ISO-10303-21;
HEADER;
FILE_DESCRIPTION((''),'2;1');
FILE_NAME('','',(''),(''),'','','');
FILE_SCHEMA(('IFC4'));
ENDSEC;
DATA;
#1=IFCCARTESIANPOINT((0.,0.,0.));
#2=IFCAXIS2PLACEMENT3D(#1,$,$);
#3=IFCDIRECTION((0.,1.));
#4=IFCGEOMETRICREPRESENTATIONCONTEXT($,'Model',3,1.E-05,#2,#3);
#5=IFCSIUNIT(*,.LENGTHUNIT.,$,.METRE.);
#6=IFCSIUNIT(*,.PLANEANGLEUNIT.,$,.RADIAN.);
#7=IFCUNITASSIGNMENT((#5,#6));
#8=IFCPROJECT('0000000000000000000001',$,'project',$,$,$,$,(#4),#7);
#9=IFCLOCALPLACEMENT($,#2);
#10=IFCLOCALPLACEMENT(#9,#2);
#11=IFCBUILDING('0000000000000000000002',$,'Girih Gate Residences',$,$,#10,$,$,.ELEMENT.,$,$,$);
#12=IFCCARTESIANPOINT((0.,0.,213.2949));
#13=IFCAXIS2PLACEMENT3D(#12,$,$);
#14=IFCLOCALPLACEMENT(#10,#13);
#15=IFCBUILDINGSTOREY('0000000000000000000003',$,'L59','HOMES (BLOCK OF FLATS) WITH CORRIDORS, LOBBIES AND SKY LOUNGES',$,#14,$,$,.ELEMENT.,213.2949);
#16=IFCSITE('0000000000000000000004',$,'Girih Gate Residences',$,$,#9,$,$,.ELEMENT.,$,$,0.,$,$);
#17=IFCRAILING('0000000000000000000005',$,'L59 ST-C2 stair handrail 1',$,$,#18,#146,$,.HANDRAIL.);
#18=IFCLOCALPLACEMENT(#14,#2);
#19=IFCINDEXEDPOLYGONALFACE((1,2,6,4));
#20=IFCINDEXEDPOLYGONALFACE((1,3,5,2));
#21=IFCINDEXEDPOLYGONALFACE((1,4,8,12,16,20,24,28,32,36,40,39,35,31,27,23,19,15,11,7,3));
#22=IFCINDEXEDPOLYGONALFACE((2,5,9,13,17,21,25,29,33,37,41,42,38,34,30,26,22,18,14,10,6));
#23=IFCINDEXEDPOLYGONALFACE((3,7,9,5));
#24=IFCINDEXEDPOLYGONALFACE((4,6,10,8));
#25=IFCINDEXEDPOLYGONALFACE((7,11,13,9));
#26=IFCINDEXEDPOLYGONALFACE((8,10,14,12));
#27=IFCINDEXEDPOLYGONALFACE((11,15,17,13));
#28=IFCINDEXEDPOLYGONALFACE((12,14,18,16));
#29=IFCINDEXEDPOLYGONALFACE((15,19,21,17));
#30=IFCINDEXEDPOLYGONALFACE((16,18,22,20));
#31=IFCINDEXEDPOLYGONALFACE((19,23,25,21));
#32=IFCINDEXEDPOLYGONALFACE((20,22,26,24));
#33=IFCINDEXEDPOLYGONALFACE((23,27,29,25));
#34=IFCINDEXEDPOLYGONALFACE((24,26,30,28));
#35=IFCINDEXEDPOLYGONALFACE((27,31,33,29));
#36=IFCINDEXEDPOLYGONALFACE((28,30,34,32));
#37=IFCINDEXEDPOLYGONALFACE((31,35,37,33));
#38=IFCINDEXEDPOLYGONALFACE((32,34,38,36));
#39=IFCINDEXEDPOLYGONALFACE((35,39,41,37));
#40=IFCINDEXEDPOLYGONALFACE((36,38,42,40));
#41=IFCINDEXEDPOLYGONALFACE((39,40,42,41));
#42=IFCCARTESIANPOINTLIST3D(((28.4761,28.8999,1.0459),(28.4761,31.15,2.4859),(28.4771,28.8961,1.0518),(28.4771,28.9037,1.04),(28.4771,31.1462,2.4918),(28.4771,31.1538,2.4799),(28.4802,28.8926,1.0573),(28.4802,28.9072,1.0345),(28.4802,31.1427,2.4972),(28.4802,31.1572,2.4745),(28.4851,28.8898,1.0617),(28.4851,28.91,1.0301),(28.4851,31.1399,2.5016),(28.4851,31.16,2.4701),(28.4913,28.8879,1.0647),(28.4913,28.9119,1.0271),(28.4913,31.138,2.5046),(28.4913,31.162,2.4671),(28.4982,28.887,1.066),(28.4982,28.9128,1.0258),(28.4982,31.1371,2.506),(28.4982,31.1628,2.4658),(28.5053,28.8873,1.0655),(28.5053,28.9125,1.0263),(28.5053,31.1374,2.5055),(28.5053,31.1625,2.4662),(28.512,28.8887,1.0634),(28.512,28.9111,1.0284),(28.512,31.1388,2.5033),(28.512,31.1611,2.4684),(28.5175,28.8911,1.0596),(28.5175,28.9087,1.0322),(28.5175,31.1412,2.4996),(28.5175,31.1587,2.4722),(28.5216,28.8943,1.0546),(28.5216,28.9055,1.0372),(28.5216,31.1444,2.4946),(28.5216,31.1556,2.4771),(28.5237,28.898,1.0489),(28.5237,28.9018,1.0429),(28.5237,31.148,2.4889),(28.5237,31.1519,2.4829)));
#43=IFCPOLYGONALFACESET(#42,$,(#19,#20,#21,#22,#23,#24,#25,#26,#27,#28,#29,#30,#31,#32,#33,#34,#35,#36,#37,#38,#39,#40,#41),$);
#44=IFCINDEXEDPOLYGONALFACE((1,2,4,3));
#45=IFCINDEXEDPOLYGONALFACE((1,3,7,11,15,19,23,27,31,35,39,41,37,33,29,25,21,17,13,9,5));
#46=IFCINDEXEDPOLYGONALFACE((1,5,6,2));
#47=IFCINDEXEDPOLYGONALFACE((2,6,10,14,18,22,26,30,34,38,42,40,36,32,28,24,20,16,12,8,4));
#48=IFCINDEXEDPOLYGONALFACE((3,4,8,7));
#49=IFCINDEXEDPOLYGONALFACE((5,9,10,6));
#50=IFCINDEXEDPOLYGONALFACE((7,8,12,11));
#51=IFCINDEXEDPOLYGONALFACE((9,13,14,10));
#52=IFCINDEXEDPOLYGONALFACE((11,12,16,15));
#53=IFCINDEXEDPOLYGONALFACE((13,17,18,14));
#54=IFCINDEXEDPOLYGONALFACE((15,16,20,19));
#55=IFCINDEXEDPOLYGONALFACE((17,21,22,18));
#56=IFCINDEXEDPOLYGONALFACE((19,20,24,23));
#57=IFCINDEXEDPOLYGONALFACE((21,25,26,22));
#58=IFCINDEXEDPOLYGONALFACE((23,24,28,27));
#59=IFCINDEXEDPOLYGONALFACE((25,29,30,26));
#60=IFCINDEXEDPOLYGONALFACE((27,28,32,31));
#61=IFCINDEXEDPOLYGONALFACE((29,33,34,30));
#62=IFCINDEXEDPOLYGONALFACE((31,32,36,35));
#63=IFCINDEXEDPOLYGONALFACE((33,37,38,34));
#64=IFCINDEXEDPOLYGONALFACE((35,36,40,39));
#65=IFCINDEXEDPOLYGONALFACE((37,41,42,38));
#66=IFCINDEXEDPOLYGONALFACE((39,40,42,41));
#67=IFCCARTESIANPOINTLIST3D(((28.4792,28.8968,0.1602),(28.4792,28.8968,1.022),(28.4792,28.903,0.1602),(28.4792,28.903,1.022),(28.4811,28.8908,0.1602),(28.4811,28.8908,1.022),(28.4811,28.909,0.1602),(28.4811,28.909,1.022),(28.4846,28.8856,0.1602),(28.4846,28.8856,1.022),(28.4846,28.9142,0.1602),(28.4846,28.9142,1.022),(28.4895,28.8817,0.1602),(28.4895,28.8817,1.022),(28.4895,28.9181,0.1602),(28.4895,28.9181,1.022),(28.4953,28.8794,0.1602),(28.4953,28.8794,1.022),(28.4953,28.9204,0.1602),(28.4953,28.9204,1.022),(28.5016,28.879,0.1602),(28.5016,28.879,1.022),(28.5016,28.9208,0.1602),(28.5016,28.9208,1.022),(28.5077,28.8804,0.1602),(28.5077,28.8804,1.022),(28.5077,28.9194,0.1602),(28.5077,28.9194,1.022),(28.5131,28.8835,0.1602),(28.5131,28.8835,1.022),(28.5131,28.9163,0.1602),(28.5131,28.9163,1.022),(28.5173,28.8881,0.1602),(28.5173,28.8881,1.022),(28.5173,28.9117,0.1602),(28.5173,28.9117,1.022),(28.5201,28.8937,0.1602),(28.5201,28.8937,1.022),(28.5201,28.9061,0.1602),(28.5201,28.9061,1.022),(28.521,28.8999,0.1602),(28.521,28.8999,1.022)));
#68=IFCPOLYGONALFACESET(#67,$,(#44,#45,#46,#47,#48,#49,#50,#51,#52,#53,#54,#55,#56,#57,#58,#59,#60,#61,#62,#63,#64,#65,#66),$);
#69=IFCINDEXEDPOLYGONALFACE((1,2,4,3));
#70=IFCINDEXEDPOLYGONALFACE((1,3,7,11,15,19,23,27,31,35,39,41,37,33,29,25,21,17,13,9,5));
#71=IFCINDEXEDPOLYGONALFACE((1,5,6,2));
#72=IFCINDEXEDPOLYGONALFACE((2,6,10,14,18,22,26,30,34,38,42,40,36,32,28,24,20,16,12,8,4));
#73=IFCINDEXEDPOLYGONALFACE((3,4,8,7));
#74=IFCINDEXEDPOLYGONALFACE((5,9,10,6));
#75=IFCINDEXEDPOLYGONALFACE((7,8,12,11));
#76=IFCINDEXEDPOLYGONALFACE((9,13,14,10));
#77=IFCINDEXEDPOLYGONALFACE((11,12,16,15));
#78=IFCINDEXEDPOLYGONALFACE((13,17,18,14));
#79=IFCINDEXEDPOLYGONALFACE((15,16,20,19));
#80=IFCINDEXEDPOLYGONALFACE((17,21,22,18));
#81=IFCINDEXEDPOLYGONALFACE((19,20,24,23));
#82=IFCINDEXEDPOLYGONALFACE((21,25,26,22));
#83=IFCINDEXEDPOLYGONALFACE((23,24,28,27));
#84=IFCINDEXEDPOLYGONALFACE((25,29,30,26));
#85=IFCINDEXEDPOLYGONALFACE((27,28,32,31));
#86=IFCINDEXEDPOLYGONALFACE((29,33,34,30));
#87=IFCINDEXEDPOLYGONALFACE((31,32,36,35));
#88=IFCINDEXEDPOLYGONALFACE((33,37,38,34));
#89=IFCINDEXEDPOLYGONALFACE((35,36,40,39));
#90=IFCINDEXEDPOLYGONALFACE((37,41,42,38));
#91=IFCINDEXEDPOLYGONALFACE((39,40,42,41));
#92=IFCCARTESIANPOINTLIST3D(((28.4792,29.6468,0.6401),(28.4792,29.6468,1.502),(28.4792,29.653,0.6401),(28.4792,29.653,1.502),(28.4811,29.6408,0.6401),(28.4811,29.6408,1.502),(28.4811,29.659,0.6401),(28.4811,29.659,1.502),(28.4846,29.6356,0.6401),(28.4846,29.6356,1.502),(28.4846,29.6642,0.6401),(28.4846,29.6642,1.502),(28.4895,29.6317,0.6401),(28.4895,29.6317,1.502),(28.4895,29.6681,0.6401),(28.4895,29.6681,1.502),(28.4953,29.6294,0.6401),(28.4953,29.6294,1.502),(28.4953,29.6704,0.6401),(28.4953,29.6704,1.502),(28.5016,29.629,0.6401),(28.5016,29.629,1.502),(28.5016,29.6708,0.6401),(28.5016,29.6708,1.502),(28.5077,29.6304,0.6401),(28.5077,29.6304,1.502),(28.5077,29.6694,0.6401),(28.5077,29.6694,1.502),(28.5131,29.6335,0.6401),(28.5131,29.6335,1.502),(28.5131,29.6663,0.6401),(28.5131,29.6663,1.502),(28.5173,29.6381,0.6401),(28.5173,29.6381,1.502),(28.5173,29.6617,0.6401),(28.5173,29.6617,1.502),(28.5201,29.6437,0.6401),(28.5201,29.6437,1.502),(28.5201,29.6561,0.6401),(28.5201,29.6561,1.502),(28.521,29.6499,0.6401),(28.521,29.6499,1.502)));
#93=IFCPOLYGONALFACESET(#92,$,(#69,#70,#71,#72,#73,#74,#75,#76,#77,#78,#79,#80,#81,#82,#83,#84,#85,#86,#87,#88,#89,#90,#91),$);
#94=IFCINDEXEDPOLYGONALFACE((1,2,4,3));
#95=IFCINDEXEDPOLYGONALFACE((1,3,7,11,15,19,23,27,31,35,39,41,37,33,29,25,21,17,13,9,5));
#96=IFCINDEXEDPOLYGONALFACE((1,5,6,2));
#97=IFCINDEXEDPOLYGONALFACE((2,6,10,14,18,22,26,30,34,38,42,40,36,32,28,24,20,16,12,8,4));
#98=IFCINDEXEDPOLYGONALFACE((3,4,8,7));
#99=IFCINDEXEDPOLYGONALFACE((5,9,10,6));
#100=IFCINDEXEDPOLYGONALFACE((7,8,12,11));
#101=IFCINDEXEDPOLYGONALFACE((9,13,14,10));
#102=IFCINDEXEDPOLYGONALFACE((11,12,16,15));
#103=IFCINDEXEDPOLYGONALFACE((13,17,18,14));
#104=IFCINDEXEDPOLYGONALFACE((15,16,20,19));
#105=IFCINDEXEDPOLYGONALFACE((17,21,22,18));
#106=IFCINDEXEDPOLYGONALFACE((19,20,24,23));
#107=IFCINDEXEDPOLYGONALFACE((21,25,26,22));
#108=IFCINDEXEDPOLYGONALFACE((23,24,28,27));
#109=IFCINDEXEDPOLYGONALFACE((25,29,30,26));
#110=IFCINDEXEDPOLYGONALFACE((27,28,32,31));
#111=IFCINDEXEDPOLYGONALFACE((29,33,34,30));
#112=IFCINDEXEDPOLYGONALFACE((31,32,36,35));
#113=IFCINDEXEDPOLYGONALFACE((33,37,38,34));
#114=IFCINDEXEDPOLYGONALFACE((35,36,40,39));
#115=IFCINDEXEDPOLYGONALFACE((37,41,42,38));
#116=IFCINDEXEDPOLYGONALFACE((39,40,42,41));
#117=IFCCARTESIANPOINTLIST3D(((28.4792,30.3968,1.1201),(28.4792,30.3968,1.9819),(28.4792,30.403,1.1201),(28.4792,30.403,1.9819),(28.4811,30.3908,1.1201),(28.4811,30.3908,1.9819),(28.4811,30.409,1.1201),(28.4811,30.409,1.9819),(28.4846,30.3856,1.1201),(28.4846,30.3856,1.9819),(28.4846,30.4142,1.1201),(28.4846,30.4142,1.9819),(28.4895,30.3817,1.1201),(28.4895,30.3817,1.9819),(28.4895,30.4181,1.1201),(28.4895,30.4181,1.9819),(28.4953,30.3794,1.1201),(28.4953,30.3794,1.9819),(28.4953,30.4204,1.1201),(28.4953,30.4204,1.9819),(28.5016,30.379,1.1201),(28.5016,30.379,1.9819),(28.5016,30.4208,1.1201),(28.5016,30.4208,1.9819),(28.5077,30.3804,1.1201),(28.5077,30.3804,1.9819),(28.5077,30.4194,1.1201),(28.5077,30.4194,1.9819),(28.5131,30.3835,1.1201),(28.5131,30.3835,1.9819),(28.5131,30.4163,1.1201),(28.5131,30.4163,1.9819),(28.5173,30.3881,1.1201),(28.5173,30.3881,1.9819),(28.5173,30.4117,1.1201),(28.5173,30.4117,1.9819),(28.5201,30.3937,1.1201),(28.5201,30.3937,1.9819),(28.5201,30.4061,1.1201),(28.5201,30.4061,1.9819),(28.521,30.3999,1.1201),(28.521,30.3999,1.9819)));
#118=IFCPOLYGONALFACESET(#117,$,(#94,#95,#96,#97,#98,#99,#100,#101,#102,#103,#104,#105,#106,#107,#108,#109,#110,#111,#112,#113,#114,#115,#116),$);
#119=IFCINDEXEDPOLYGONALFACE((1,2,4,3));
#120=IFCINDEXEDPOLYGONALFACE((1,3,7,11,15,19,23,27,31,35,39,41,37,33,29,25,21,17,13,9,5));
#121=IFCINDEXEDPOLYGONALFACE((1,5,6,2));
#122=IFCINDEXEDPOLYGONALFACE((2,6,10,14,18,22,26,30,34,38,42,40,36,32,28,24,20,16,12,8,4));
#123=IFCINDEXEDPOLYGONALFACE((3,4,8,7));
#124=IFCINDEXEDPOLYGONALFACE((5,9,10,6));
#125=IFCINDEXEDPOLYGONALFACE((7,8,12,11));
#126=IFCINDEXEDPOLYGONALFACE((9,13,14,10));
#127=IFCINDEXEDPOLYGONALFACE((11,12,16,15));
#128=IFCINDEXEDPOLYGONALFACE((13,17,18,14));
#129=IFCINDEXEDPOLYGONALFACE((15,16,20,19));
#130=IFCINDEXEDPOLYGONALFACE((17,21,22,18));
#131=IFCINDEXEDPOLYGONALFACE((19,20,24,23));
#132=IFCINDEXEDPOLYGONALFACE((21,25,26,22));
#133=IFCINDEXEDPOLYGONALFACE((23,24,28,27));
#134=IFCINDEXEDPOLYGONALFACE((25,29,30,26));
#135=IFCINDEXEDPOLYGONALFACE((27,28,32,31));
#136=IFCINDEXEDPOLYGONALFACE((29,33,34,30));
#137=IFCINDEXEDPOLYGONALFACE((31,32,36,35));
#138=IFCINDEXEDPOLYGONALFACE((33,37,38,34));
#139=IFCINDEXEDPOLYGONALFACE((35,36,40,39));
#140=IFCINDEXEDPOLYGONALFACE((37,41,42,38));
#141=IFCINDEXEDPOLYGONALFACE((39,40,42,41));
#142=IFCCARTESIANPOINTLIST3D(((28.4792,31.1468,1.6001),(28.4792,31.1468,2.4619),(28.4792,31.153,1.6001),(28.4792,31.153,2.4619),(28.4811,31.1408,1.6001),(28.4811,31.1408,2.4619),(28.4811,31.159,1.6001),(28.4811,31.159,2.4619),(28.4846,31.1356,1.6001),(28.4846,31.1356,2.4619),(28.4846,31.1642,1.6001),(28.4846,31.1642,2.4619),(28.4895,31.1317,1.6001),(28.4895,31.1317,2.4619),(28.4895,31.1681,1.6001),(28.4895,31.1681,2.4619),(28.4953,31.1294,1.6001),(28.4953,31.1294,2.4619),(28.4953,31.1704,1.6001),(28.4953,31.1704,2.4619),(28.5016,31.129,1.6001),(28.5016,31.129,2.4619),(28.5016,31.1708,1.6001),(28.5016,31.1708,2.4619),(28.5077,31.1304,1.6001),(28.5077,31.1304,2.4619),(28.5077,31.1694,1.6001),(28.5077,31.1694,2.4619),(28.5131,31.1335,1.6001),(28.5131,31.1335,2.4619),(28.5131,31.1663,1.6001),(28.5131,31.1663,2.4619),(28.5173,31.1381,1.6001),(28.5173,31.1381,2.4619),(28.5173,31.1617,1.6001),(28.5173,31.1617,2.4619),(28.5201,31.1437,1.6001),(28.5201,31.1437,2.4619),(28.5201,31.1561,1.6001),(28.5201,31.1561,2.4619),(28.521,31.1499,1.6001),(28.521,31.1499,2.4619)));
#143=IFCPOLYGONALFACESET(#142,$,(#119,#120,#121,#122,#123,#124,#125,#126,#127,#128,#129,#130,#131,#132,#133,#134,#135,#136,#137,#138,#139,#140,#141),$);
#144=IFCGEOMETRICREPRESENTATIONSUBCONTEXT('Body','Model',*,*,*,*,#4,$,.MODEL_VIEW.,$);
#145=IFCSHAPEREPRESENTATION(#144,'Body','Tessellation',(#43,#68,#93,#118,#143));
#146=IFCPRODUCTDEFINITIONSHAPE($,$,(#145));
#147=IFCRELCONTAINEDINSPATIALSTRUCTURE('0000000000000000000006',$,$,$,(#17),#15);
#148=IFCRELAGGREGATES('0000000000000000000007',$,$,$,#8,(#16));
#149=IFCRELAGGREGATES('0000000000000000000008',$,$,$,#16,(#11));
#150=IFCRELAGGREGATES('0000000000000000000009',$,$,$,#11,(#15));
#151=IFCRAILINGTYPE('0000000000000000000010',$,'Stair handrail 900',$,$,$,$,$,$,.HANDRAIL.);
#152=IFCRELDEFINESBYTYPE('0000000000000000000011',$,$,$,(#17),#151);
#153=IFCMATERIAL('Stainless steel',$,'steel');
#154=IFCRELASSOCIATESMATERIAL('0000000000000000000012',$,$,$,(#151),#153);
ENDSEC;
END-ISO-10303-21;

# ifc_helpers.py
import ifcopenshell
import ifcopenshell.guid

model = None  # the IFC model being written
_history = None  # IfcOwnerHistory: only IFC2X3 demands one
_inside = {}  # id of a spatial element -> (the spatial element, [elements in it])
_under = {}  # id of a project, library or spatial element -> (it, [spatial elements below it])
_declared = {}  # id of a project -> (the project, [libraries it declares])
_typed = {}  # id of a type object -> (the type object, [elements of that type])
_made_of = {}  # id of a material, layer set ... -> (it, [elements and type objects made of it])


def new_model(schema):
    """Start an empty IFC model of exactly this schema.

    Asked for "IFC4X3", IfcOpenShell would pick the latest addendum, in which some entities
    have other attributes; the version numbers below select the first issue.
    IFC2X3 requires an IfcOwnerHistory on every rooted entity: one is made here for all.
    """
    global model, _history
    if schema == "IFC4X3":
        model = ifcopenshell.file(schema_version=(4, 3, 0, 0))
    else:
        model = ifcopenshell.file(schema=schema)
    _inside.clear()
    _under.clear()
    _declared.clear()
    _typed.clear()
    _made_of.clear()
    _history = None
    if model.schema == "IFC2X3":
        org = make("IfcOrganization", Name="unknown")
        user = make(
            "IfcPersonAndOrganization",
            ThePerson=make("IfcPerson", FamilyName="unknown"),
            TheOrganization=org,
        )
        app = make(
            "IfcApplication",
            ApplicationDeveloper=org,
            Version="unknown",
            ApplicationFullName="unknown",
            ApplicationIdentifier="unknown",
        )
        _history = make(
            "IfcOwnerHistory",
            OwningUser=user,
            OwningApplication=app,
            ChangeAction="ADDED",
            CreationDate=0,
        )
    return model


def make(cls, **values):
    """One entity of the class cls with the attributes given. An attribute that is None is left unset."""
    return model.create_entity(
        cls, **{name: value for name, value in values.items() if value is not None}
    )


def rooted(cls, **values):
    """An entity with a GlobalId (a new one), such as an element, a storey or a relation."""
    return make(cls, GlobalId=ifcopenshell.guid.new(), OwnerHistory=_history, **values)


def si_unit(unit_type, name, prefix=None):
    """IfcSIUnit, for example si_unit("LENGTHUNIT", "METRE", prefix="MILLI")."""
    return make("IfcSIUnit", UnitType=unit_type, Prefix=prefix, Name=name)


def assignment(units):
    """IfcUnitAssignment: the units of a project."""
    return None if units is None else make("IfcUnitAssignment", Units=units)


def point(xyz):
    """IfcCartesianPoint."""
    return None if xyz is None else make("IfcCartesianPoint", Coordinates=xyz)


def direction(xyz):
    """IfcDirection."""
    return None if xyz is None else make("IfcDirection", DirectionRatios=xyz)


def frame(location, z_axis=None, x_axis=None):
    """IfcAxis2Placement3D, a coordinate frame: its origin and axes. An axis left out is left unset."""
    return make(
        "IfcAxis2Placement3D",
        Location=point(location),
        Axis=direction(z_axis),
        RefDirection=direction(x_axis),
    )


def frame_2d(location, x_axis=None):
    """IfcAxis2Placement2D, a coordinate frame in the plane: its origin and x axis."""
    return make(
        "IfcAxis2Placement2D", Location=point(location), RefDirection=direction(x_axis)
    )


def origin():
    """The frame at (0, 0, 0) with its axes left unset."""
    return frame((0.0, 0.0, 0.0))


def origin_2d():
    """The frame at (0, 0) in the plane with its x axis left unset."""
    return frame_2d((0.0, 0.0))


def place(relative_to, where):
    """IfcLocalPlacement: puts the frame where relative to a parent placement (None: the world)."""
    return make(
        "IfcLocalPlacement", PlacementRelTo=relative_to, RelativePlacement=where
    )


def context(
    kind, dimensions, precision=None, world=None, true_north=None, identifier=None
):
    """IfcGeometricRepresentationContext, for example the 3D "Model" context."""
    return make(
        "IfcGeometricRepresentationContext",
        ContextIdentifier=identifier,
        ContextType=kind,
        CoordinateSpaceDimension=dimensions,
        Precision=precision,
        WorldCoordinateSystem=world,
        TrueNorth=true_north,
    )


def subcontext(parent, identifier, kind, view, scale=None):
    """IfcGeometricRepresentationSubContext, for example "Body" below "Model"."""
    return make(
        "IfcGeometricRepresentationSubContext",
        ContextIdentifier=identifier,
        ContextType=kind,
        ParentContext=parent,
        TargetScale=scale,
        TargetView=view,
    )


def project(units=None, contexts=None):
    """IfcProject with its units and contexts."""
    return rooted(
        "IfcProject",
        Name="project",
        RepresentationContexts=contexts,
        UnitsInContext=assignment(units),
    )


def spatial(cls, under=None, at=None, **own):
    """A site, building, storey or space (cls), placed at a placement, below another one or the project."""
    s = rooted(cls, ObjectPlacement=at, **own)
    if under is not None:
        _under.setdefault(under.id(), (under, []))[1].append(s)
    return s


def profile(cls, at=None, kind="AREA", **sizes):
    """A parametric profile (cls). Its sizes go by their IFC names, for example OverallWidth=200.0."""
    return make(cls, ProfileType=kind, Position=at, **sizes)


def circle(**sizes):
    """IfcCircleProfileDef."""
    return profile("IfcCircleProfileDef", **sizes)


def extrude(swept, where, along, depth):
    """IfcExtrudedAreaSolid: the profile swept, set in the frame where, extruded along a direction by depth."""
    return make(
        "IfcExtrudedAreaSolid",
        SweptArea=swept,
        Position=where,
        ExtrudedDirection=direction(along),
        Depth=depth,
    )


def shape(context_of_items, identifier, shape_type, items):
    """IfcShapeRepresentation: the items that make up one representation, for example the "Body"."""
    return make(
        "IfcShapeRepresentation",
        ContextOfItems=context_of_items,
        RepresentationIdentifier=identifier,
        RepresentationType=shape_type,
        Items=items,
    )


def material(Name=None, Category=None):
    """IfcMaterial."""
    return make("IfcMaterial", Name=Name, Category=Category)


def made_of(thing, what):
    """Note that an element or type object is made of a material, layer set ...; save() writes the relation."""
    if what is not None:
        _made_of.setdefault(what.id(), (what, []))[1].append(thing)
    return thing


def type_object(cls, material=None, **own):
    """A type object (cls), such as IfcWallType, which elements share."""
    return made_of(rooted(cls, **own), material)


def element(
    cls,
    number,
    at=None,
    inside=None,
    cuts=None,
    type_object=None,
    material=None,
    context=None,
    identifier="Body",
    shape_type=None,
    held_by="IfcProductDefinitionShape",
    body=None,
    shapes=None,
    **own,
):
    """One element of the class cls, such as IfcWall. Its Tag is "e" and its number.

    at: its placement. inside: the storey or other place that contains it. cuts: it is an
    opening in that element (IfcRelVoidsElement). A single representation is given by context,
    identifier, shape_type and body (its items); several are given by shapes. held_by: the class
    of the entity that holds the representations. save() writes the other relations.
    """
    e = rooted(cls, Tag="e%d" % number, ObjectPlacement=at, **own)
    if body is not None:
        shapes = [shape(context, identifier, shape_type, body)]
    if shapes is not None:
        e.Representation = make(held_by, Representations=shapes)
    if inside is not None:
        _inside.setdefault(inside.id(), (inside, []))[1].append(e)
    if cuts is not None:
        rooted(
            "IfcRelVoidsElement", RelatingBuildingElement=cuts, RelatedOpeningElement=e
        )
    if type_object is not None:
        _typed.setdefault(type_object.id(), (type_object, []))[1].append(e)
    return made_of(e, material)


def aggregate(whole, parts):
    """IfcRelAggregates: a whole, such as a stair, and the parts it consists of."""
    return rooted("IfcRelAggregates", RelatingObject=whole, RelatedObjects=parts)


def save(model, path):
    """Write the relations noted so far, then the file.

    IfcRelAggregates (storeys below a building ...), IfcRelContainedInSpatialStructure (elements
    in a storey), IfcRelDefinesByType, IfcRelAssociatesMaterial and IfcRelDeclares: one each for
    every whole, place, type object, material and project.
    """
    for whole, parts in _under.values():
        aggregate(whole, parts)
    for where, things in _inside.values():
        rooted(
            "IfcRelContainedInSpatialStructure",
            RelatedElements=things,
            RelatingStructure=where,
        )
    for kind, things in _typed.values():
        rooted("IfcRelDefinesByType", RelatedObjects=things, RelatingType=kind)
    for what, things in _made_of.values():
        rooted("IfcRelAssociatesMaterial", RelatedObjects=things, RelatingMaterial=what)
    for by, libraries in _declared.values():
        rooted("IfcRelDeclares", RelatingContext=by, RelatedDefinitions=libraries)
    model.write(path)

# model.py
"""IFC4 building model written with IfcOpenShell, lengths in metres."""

from ifc_helpers import new_model, si_unit, direction, frame, origin, origin_2d, place, context, subcontext, project, spatial, circle, extrude, material, type_object, element, save


model = new_model("IFC4")

# Units and contexts
model_context = context("Model", 3, precision=1e-05, world=origin(), true_north=direction((0.0, 1.0)))
body_context = subcontext(model_context, "Body", "Model", "MODEL_VIEW")
ifc_project = project(units=[si_unit("LENGTHUNIT", "METRE"), si_unit("PLANEANGLEUNIT", "RADIAN")], contexts=[model_context])

# Site, building, storey
site_placement = place(None, origin())
site = spatial("IfcSite", under=ifc_project, at=site_placement, Name="Girih Gate Residences", CompositionType="ELEMENT", RefElevation=0.0)
building_placement = place(site_placement, origin())
building = spatial("IfcBuilding", under=site, at=building_placement, Name="Girih Gate Residences", CompositionType="ELEMENT")
storey_placement = place(building_placement, frame((0.0, 0.0, 213.2949)))
storey = spatial("IfcBuildingStorey", under=building, at=storey_placement, Name="L59", Description="HOMES (BLOCK OF FLATS) WITH CORRIDORS, LOBBIES AND SKY LOUNGES", CompositionType="ELEMENT", Elevation=213.2949)

# Railing
ifc_material_1 = material(Name="Stainless steel", Category="steel")
railing_type_1 = type_object("IfcRailingType", Name="Stair handrail 900", PredefinedType="HANDRAIL", material=ifc_material_1)
for number, where, name in (
    (1, (28.5, 28.8999, 0.1602), "L59 ST-C2 stair handrail 1"),
):
    element("IfcRailing", number, at=place(storey_placement, frame(where)), inside=storey, type_object=railing_type_1, Name=name, PredefinedType="HANDRAIL", context=body_context, shape_type="SweptSolid", body=[
        extrude(circle(Radius=0.0239, at=origin_2d()), frame((0.0, 0.0, 0.8857), z_axis=(0.0, 0.842281, 0.539038), x_axis=(-1.0, 0.0, 0.0)), (0.0, 0.0, 1.0), 2.6714),
        extrude(circle(Radius=0.021, at=origin_2d()), origin(), (0.0, 0.0, 1.0), 0.8618),
        extrude(circle(Radius=0.021, at=origin_2d()), frame((0.0, 0.75, 0.48)), (0.0, 0.0, 1.0), 0.8618),
        extrude(circle(Radius=0.021, at=origin_2d()), frame((0.0, 1.5, 0.96)), (0.0, 0.0, 1.0), 0.8618),
        extrude(circle(Radius=0.021, at=origin_2d()), frame((0.0, 2.25, 1.4399)), (0.0, 0.0, 1.0), 0.8618),
    ])

save(model, "model.ifc")
